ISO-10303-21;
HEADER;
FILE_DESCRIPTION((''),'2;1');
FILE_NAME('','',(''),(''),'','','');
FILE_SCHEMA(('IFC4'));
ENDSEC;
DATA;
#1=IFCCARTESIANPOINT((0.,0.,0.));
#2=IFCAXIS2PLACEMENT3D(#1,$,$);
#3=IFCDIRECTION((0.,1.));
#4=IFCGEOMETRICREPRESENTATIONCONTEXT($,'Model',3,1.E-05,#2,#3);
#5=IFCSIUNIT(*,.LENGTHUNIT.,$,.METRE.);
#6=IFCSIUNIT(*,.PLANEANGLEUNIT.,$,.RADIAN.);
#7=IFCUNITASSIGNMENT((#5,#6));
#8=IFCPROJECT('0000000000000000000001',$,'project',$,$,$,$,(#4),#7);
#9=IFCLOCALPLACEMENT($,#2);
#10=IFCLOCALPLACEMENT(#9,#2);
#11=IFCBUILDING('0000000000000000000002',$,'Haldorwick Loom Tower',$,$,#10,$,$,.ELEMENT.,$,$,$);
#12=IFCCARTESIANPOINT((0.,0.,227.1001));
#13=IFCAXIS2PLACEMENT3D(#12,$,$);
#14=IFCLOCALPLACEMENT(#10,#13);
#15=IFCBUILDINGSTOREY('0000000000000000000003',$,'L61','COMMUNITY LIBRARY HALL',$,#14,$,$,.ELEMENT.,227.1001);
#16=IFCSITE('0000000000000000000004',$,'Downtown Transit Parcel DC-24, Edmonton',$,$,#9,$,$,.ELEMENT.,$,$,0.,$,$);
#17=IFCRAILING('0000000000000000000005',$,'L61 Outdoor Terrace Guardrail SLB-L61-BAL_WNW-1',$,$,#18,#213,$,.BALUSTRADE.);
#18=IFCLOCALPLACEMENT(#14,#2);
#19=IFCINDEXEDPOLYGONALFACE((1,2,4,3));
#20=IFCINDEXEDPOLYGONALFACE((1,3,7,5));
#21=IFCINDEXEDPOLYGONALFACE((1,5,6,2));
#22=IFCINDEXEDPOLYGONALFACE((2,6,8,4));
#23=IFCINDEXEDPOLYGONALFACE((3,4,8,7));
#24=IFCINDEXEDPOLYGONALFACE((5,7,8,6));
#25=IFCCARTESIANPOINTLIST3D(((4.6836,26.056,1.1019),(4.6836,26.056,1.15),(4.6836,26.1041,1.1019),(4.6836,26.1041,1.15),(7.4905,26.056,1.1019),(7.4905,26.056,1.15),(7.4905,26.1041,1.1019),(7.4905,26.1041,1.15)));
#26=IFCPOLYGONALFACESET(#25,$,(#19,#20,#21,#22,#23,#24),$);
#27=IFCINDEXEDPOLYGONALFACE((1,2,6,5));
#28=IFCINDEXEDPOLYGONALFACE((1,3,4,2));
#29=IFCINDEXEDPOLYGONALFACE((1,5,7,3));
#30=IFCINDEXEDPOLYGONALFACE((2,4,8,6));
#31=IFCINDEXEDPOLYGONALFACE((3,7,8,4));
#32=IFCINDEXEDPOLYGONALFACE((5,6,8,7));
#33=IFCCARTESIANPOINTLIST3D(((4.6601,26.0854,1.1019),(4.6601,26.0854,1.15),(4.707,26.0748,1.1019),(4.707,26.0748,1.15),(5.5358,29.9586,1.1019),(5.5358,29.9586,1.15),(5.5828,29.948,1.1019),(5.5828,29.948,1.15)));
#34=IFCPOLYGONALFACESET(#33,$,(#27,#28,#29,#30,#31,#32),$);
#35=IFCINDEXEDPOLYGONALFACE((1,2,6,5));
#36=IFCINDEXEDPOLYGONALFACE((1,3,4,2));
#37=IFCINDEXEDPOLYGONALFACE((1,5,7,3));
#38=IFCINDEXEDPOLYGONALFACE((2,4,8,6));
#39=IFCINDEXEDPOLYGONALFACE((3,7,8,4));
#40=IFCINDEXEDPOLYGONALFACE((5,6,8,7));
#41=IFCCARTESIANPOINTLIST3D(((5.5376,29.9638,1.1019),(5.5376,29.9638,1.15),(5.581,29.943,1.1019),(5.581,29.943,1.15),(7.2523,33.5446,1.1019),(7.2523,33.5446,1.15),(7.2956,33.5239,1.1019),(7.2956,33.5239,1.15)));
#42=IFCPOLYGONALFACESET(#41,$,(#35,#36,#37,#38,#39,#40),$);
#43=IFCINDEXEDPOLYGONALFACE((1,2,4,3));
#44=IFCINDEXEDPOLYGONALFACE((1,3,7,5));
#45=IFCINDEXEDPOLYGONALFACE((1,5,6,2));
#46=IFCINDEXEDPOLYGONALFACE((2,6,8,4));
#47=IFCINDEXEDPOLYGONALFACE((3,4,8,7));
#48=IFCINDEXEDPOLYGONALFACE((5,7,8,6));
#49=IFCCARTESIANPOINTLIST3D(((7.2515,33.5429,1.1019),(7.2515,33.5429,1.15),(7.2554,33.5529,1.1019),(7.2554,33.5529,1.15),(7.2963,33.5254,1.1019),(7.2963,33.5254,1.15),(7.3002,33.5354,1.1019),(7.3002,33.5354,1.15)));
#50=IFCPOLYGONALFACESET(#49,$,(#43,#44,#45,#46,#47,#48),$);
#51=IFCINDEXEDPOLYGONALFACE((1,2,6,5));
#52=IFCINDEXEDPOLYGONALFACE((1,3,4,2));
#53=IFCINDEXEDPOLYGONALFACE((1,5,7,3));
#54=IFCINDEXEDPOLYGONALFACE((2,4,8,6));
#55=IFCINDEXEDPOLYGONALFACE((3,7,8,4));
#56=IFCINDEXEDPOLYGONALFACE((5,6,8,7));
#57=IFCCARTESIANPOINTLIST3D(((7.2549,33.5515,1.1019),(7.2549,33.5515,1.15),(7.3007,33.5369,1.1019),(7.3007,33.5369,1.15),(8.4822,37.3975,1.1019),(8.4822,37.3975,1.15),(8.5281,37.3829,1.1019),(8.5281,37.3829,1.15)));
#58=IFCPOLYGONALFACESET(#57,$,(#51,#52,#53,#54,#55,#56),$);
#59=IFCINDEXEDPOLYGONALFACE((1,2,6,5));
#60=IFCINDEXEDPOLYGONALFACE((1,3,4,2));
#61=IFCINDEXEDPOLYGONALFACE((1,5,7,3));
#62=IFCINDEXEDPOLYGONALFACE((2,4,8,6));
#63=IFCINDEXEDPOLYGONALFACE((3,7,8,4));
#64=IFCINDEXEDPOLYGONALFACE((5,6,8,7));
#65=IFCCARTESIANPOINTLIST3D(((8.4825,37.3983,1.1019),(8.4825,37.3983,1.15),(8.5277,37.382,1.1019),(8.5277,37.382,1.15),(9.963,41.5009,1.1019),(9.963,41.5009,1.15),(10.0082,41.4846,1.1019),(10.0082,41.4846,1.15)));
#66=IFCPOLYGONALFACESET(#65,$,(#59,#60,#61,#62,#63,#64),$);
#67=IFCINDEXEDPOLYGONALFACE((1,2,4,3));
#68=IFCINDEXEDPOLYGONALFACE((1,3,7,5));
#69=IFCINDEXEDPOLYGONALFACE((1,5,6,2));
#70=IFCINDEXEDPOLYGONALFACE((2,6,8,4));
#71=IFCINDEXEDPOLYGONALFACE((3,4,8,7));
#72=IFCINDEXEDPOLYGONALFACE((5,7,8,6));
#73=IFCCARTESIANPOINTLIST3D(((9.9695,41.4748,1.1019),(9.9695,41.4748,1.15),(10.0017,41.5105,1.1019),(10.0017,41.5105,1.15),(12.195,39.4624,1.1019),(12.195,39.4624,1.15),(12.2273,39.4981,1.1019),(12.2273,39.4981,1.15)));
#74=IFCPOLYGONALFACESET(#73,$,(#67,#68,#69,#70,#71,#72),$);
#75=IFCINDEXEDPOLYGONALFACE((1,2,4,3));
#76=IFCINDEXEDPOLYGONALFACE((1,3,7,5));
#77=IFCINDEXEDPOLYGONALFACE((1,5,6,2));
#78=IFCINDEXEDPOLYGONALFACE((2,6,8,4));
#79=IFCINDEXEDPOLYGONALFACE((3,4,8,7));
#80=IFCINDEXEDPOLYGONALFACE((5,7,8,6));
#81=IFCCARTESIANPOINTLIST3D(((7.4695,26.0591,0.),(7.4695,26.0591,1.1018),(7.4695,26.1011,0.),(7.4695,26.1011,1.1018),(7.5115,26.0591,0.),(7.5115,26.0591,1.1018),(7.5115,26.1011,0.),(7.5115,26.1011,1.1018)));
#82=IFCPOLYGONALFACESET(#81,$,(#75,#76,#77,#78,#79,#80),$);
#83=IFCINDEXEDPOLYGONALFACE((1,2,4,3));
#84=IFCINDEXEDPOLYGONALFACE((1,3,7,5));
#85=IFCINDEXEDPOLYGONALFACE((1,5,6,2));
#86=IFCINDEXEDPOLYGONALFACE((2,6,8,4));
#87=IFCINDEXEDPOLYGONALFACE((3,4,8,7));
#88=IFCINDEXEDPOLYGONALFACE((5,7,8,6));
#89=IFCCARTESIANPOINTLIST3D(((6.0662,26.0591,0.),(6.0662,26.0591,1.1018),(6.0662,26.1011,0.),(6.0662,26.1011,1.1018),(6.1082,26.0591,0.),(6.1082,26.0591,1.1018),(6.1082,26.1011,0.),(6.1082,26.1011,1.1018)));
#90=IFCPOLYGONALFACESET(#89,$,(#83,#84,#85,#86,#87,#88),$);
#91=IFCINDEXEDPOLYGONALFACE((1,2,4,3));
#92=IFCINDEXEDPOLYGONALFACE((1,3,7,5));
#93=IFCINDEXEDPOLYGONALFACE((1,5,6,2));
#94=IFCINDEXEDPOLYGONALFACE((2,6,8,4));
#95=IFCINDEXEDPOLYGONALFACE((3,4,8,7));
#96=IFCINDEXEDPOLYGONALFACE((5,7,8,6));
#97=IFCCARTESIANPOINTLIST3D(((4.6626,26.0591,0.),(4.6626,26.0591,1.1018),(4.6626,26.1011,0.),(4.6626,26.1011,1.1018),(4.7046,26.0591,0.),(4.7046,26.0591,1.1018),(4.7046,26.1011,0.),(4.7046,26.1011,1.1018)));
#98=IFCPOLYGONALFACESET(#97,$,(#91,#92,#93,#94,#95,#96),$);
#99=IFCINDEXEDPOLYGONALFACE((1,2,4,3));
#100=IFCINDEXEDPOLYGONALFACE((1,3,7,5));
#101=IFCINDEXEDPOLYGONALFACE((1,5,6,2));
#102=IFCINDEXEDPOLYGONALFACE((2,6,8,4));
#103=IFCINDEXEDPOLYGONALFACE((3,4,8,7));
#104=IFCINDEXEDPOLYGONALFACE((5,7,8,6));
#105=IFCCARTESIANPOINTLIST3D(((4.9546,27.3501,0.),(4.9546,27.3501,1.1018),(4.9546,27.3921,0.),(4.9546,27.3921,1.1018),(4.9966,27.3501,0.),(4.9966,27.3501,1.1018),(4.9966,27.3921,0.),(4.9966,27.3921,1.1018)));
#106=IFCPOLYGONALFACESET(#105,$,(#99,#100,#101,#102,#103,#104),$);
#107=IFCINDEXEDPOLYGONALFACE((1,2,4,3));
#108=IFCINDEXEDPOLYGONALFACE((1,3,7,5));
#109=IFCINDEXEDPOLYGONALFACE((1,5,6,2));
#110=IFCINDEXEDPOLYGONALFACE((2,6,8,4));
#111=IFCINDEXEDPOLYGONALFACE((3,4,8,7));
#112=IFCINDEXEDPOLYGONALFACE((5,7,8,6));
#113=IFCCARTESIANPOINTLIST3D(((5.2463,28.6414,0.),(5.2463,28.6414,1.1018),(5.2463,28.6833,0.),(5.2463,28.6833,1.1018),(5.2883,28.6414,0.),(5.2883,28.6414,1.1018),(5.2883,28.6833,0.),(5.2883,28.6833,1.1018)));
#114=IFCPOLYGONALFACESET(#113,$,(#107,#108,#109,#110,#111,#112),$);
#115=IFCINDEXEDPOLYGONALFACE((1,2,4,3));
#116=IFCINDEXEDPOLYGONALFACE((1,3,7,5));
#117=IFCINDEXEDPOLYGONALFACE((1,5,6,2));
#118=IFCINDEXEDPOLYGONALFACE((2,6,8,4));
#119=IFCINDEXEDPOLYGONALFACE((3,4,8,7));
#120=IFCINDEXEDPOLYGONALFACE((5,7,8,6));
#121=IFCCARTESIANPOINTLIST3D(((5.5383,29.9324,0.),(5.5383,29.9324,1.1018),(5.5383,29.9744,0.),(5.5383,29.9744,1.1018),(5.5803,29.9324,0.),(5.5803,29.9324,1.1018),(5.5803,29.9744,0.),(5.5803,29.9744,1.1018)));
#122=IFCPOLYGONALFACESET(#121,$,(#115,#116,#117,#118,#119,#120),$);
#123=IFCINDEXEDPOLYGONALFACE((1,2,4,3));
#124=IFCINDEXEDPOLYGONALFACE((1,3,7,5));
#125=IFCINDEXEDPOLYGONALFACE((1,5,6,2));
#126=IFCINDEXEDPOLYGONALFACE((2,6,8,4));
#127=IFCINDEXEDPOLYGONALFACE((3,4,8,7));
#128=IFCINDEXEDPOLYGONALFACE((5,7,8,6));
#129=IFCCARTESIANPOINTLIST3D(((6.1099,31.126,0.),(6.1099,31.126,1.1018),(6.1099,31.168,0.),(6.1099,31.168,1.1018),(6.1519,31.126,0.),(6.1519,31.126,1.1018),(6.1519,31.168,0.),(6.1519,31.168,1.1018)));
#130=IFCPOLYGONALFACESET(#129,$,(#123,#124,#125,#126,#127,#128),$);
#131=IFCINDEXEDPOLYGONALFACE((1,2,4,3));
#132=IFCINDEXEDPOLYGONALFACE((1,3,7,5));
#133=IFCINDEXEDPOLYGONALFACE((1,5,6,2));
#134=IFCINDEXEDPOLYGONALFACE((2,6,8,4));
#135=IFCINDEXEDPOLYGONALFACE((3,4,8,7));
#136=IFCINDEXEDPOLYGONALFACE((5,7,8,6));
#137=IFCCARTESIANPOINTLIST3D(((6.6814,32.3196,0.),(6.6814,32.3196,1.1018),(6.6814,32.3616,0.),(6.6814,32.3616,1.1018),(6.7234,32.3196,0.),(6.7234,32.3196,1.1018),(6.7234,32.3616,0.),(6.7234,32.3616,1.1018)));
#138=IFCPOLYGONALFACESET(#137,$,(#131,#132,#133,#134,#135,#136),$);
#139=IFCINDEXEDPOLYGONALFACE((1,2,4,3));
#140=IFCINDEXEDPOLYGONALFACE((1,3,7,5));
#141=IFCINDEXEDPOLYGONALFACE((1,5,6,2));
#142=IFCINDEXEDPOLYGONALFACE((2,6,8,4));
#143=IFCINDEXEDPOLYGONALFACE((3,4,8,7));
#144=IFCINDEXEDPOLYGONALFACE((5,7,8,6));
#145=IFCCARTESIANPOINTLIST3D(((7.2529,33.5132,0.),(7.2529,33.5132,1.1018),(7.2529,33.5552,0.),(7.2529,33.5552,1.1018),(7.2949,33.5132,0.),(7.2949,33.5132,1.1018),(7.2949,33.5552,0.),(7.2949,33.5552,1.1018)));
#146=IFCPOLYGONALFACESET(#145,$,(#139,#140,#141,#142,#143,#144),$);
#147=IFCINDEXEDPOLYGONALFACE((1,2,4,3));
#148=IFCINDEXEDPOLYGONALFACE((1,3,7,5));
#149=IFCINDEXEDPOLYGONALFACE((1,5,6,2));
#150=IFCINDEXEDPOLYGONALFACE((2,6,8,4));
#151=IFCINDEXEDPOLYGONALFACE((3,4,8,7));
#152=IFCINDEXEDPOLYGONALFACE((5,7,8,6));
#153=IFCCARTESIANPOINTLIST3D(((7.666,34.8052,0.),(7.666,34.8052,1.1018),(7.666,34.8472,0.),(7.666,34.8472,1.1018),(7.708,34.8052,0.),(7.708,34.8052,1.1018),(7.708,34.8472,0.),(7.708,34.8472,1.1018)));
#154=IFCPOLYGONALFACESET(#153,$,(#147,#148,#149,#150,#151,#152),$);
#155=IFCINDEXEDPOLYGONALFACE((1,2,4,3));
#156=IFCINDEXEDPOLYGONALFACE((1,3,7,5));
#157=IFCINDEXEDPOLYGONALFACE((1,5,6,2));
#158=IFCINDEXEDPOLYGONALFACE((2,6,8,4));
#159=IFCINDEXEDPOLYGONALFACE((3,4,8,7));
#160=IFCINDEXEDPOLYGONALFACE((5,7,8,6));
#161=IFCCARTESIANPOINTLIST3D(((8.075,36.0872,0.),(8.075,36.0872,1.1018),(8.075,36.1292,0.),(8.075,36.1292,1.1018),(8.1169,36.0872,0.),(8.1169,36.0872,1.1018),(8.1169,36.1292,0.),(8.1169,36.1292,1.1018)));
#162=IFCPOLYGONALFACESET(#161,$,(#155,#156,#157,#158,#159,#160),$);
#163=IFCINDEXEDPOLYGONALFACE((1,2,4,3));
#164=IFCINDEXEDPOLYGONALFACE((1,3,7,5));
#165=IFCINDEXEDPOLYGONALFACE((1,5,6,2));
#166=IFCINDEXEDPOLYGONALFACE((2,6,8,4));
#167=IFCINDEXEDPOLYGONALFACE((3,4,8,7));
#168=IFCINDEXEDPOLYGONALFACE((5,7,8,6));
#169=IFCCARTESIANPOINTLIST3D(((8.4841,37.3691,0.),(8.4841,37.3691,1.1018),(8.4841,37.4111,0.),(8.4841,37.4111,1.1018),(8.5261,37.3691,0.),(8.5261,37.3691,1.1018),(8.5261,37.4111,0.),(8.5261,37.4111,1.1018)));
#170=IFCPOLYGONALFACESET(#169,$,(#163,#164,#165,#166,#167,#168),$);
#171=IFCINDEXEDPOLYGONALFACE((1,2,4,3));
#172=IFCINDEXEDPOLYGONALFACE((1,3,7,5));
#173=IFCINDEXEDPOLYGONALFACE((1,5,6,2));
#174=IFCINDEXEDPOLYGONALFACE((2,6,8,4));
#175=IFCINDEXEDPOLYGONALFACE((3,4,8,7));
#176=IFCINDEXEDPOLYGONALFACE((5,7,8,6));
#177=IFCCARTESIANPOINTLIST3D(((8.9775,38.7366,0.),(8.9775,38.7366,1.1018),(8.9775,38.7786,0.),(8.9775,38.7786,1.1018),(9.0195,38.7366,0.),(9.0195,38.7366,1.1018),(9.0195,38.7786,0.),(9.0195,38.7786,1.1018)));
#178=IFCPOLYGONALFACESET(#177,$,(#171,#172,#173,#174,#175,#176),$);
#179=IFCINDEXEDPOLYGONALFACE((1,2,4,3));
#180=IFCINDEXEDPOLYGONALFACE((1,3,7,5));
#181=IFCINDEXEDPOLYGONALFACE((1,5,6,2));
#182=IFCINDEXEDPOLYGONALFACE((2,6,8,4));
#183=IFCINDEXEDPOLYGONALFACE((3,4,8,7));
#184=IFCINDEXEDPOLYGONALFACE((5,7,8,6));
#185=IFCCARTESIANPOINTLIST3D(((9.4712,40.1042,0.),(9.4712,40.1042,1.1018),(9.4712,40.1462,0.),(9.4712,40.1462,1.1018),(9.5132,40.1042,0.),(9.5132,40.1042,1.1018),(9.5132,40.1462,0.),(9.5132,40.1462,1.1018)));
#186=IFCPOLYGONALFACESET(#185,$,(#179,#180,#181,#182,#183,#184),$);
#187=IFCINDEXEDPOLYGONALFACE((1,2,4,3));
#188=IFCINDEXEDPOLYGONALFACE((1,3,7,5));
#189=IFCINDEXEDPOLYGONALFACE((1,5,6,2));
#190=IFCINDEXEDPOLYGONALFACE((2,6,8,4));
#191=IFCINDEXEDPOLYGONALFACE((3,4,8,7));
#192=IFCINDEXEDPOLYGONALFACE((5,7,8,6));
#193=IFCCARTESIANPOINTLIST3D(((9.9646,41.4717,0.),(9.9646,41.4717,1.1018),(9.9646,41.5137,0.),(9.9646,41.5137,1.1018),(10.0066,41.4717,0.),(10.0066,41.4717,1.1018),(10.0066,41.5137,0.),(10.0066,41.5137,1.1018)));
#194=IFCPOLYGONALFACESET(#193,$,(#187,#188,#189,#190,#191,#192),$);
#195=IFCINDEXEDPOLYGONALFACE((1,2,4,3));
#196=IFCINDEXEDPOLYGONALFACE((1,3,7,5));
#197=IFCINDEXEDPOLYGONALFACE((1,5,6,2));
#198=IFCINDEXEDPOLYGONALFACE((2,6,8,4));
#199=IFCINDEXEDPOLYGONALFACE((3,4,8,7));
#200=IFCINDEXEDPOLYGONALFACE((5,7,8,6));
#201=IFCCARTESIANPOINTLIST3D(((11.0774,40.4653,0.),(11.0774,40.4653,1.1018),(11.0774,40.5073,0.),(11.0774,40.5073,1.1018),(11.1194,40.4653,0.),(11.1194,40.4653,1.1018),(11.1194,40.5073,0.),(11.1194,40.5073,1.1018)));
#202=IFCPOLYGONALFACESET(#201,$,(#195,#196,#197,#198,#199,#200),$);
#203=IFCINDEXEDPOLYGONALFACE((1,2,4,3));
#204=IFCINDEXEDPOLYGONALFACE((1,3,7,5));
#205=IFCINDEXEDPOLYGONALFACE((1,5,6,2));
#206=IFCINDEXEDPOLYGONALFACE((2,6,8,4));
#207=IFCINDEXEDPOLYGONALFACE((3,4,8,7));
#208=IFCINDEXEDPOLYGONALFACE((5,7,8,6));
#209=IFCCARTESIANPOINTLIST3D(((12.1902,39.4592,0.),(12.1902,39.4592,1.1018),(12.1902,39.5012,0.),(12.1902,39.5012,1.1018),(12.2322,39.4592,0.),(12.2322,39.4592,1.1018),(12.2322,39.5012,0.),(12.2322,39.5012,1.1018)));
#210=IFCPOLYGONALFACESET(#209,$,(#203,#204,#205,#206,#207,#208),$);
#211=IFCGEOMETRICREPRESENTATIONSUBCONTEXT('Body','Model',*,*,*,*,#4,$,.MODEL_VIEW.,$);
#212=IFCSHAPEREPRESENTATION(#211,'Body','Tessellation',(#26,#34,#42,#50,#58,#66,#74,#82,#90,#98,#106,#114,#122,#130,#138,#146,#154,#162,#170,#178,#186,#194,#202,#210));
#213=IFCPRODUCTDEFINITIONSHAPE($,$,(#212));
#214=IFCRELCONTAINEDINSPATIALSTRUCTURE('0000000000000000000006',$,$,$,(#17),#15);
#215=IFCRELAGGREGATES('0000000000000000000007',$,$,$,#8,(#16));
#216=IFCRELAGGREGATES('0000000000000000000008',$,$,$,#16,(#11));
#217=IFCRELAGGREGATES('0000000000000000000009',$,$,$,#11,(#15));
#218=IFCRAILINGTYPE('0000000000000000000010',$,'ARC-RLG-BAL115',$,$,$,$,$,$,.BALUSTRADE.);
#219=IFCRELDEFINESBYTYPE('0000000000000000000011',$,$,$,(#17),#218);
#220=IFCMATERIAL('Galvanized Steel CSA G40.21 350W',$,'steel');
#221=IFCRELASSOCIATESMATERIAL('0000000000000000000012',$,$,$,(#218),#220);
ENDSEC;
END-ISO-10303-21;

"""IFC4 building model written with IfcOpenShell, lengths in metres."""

from ifc_helpers import new_model, si_unit, direction, frame, origin, origin_2d, place, context, subcontext, project, spatial, rectangle, extrude, material, type_object, element, save


model = new_model("IFC4")

# Units and contexts
model_context = context("Model", 3, precision=1e-05, world=origin(), true_north=direction((0.0, 1.0)))
body_context = subcontext(model_context, "Body", "Model", "MODEL_VIEW")
ifc_project = project(units=[si_unit("LENGTHUNIT", "METRE"), si_unit("PLANEANGLEUNIT", "RADIAN")], contexts=[model_context])

# Site, building, storey
site_placement = place(None, origin())
site = spatial("IfcSite", under=ifc_project, at=site_placement, Name="Downtown Transit Parcel DC-24, Edmonton", CompositionType="ELEMENT", RefElevation=0.0)
building_placement = place(site_placement, origin())
building = spatial("IfcBuilding", under=site, at=building_placement, Name="Haldorwick Loom Tower", CompositionType="ELEMENT")
storey_placement = place(building_placement, frame((0.0, 0.0, 227.1001)))
storey = spatial("IfcBuildingStorey", under=building, at=storey_placement, Name="L61", Description="COMMUNITY LIBRARY HALL", CompositionType="ELEMENT", Elevation=227.1001)

# Railing
ifc_material_1 = material(Name="Galvanized Steel CSA G40.21 350W", Category="steel")
railing_type = type_object("IfcRailingType", Name="ARC-RLG-BAL115", PredefinedType="BALUSTRADE", material=ifc_material_1)
railing_placement = place(storey_placement, frame((7.4905, 26.0801, 0.0)))
element("IfcRailing", 1, at=railing_placement, inside=storey, type_object=railing_type, Name="L61 Outdoor Terrace Guardrail SLB-L61-BAL_WNW-1", PredefinedType="BALUSTRADE", context=body_context, shape_type="SweptSolid", body=[
    extrude(rectangle(XDim=0.0481, YDim=0.0481, at=origin_2d()), frame((0.0, 0.0, 1.126), z_axis=(-1.0, 0.0, 0.0), x_axis=(0.0, -1.0, 0.0)), (0.0, 0.0, 1.0), 2.8069),
    extrude(rectangle(XDim=0.0481, YDim=0.0481, at=origin_2d()), frame((-2.8069, 0.0, 1.126), z_axis=(0.220529, 0.97538, 0.0), x_axis=(-0.97538, 0.220529, 0.0)), (0.0, 0.0, 1.0), 3.9709),
    extrude(rectangle(XDim=0.0481, YDim=0.0481, at=origin_2d()), frame((-1.9312, 3.8733, 1.126), z_axis=(0.431873, 0.901934, 0.0), x_axis=(-0.901934, 0.431873, 0.0)), (0.0, 0.0, 1.0), 3.9702),
    extrude(rectangle(XDim=0.0481, YDim=0.0481, at=origin_2d()), frame((-0.2166, 7.4541, 1.126), z_axis=(0.363542, 0.931578, 0.0), x_axis=(-0.931578, 0.363542, 0.0)), (0.0, 0.0, 1.0), 0.0107),
    extrude(rectangle(XDim=0.0481, YDim=0.0481, at=origin_2d()), frame((-0.2126, 7.4641, 1.126), z_axis=(0.30401, 0.952669, 0.0), x_axis=(-0.952669, 0.30401, 0.0)), (0.0, 0.0, 1.0), 4.0371),
    extrude(rectangle(XDim=0.0481, YDim=0.0481, at=origin_2d()), frame((1.0146, 11.3101, 1.126), z_axis=(0.339441, 0.940627, 0.0), x_axis=(-0.940627, 0.339441, 0.0)), (0.0, 0.0, 1.0), 4.3616),
    extrude(rectangle(XDim=0.0481, YDim=0.0481, at=origin_2d()), frame((2.4951, 15.4126, 1.126), z_axis=(0.74173, -0.670698, 0.0), x_axis=(0.670698, 0.74173, 0.0)), (0.0, 0.0, 1.0), 3.0005),
    extrude(rectangle(XDim=0.042, YDim=0.042, at=origin_2d()), origin(), (0.0, 0.0, 1.0), 1.1018),
    extrude(rectangle(XDim=0.042, YDim=0.042, at=origin_2d()), frame((-1.4033, 0.0, 0.0)), (0.0, 0.0, 1.0), 1.1018),
    extrude(rectangle(XDim=0.042, YDim=0.042, at=origin_2d()), frame((-2.8069, 0.0, 0.0)), (0.0, 0.0, 1.0), 1.1018),
    extrude(rectangle(XDim=0.042, YDim=0.042, at=origin_2d()), frame((-2.5149, 1.291, 0.0)), (0.0, 0.0, 1.0), 1.1018),
    extrude(rectangle(XDim=0.042, YDim=0.042, at=origin_2d()), frame((-2.2231, 2.5823, 0.0)), (0.0, 0.0, 1.0), 1.1018),
    extrude(rectangle(XDim=0.042, YDim=0.042, at=origin_2d()), frame((-1.9312, 3.8733, 0.0)), (0.0, 0.0, 1.0), 1.1018),
    extrude(rectangle(XDim=0.042, YDim=0.042, at=origin_2d()), frame((-1.3596, 5.0669, 0.0)), (0.0, 0.0, 1.0), 1.1018),
    extrude(rectangle(XDim=0.042, YDim=0.042, at=origin_2d()), frame((-0.7881, 6.2605, 0.0)), (0.0, 0.0, 1.0), 1.1018),
    extrude(rectangle(XDim=0.042, YDim=0.042, at=origin_2d()), frame((-0.2166, 7.4541, 0.0)), (0.0, 0.0, 1.0), 1.1018),
    extrude(rectangle(XDim=0.042, YDim=0.042, at=origin_2d()), frame((0.1965, 8.7461, 0.0)), (0.0, 0.0, 1.0), 1.1018),
    extrude(rectangle(XDim=0.042, YDim=0.042, at=origin_2d()), frame((0.6055, 10.0281, 0.0)), (0.0, 0.0, 1.0), 1.1018),
    extrude(rectangle(XDim=0.042, YDim=0.042, at=origin_2d()), frame((1.0146, 11.3101, 0.0)), (0.0, 0.0, 1.0), 1.1018),
    extrude(rectangle(XDim=0.042, YDim=0.042, at=origin_2d()), frame((1.5081, 12.6775, 0.0)), (0.0, 0.0, 1.0), 1.1018),
    extrude(rectangle(XDim=0.042, YDim=0.042, at=origin_2d()), frame((2.0017, 14.0452, 0.0)), (0.0, 0.0, 1.0), 1.1018),
    extrude(rectangle(XDim=0.042, YDim=0.042, at=origin_2d()), frame((2.4951, 15.4126, 0.0)), (0.0, 0.0, 1.0), 1.1018),
    extrude(rectangle(XDim=0.042, YDim=0.042, at=origin_2d()), frame((3.6079, 14.4062, 0.0)), (0.0, 0.0, 1.0), 1.1018),
    extrude(rectangle(XDim=0.042, YDim=0.042, at=origin_2d()), frame((4.7207, 13.4001, 0.0)), (0.0, 0.0, 1.0), 1.1018),
])

save(model, "model.ifc")
